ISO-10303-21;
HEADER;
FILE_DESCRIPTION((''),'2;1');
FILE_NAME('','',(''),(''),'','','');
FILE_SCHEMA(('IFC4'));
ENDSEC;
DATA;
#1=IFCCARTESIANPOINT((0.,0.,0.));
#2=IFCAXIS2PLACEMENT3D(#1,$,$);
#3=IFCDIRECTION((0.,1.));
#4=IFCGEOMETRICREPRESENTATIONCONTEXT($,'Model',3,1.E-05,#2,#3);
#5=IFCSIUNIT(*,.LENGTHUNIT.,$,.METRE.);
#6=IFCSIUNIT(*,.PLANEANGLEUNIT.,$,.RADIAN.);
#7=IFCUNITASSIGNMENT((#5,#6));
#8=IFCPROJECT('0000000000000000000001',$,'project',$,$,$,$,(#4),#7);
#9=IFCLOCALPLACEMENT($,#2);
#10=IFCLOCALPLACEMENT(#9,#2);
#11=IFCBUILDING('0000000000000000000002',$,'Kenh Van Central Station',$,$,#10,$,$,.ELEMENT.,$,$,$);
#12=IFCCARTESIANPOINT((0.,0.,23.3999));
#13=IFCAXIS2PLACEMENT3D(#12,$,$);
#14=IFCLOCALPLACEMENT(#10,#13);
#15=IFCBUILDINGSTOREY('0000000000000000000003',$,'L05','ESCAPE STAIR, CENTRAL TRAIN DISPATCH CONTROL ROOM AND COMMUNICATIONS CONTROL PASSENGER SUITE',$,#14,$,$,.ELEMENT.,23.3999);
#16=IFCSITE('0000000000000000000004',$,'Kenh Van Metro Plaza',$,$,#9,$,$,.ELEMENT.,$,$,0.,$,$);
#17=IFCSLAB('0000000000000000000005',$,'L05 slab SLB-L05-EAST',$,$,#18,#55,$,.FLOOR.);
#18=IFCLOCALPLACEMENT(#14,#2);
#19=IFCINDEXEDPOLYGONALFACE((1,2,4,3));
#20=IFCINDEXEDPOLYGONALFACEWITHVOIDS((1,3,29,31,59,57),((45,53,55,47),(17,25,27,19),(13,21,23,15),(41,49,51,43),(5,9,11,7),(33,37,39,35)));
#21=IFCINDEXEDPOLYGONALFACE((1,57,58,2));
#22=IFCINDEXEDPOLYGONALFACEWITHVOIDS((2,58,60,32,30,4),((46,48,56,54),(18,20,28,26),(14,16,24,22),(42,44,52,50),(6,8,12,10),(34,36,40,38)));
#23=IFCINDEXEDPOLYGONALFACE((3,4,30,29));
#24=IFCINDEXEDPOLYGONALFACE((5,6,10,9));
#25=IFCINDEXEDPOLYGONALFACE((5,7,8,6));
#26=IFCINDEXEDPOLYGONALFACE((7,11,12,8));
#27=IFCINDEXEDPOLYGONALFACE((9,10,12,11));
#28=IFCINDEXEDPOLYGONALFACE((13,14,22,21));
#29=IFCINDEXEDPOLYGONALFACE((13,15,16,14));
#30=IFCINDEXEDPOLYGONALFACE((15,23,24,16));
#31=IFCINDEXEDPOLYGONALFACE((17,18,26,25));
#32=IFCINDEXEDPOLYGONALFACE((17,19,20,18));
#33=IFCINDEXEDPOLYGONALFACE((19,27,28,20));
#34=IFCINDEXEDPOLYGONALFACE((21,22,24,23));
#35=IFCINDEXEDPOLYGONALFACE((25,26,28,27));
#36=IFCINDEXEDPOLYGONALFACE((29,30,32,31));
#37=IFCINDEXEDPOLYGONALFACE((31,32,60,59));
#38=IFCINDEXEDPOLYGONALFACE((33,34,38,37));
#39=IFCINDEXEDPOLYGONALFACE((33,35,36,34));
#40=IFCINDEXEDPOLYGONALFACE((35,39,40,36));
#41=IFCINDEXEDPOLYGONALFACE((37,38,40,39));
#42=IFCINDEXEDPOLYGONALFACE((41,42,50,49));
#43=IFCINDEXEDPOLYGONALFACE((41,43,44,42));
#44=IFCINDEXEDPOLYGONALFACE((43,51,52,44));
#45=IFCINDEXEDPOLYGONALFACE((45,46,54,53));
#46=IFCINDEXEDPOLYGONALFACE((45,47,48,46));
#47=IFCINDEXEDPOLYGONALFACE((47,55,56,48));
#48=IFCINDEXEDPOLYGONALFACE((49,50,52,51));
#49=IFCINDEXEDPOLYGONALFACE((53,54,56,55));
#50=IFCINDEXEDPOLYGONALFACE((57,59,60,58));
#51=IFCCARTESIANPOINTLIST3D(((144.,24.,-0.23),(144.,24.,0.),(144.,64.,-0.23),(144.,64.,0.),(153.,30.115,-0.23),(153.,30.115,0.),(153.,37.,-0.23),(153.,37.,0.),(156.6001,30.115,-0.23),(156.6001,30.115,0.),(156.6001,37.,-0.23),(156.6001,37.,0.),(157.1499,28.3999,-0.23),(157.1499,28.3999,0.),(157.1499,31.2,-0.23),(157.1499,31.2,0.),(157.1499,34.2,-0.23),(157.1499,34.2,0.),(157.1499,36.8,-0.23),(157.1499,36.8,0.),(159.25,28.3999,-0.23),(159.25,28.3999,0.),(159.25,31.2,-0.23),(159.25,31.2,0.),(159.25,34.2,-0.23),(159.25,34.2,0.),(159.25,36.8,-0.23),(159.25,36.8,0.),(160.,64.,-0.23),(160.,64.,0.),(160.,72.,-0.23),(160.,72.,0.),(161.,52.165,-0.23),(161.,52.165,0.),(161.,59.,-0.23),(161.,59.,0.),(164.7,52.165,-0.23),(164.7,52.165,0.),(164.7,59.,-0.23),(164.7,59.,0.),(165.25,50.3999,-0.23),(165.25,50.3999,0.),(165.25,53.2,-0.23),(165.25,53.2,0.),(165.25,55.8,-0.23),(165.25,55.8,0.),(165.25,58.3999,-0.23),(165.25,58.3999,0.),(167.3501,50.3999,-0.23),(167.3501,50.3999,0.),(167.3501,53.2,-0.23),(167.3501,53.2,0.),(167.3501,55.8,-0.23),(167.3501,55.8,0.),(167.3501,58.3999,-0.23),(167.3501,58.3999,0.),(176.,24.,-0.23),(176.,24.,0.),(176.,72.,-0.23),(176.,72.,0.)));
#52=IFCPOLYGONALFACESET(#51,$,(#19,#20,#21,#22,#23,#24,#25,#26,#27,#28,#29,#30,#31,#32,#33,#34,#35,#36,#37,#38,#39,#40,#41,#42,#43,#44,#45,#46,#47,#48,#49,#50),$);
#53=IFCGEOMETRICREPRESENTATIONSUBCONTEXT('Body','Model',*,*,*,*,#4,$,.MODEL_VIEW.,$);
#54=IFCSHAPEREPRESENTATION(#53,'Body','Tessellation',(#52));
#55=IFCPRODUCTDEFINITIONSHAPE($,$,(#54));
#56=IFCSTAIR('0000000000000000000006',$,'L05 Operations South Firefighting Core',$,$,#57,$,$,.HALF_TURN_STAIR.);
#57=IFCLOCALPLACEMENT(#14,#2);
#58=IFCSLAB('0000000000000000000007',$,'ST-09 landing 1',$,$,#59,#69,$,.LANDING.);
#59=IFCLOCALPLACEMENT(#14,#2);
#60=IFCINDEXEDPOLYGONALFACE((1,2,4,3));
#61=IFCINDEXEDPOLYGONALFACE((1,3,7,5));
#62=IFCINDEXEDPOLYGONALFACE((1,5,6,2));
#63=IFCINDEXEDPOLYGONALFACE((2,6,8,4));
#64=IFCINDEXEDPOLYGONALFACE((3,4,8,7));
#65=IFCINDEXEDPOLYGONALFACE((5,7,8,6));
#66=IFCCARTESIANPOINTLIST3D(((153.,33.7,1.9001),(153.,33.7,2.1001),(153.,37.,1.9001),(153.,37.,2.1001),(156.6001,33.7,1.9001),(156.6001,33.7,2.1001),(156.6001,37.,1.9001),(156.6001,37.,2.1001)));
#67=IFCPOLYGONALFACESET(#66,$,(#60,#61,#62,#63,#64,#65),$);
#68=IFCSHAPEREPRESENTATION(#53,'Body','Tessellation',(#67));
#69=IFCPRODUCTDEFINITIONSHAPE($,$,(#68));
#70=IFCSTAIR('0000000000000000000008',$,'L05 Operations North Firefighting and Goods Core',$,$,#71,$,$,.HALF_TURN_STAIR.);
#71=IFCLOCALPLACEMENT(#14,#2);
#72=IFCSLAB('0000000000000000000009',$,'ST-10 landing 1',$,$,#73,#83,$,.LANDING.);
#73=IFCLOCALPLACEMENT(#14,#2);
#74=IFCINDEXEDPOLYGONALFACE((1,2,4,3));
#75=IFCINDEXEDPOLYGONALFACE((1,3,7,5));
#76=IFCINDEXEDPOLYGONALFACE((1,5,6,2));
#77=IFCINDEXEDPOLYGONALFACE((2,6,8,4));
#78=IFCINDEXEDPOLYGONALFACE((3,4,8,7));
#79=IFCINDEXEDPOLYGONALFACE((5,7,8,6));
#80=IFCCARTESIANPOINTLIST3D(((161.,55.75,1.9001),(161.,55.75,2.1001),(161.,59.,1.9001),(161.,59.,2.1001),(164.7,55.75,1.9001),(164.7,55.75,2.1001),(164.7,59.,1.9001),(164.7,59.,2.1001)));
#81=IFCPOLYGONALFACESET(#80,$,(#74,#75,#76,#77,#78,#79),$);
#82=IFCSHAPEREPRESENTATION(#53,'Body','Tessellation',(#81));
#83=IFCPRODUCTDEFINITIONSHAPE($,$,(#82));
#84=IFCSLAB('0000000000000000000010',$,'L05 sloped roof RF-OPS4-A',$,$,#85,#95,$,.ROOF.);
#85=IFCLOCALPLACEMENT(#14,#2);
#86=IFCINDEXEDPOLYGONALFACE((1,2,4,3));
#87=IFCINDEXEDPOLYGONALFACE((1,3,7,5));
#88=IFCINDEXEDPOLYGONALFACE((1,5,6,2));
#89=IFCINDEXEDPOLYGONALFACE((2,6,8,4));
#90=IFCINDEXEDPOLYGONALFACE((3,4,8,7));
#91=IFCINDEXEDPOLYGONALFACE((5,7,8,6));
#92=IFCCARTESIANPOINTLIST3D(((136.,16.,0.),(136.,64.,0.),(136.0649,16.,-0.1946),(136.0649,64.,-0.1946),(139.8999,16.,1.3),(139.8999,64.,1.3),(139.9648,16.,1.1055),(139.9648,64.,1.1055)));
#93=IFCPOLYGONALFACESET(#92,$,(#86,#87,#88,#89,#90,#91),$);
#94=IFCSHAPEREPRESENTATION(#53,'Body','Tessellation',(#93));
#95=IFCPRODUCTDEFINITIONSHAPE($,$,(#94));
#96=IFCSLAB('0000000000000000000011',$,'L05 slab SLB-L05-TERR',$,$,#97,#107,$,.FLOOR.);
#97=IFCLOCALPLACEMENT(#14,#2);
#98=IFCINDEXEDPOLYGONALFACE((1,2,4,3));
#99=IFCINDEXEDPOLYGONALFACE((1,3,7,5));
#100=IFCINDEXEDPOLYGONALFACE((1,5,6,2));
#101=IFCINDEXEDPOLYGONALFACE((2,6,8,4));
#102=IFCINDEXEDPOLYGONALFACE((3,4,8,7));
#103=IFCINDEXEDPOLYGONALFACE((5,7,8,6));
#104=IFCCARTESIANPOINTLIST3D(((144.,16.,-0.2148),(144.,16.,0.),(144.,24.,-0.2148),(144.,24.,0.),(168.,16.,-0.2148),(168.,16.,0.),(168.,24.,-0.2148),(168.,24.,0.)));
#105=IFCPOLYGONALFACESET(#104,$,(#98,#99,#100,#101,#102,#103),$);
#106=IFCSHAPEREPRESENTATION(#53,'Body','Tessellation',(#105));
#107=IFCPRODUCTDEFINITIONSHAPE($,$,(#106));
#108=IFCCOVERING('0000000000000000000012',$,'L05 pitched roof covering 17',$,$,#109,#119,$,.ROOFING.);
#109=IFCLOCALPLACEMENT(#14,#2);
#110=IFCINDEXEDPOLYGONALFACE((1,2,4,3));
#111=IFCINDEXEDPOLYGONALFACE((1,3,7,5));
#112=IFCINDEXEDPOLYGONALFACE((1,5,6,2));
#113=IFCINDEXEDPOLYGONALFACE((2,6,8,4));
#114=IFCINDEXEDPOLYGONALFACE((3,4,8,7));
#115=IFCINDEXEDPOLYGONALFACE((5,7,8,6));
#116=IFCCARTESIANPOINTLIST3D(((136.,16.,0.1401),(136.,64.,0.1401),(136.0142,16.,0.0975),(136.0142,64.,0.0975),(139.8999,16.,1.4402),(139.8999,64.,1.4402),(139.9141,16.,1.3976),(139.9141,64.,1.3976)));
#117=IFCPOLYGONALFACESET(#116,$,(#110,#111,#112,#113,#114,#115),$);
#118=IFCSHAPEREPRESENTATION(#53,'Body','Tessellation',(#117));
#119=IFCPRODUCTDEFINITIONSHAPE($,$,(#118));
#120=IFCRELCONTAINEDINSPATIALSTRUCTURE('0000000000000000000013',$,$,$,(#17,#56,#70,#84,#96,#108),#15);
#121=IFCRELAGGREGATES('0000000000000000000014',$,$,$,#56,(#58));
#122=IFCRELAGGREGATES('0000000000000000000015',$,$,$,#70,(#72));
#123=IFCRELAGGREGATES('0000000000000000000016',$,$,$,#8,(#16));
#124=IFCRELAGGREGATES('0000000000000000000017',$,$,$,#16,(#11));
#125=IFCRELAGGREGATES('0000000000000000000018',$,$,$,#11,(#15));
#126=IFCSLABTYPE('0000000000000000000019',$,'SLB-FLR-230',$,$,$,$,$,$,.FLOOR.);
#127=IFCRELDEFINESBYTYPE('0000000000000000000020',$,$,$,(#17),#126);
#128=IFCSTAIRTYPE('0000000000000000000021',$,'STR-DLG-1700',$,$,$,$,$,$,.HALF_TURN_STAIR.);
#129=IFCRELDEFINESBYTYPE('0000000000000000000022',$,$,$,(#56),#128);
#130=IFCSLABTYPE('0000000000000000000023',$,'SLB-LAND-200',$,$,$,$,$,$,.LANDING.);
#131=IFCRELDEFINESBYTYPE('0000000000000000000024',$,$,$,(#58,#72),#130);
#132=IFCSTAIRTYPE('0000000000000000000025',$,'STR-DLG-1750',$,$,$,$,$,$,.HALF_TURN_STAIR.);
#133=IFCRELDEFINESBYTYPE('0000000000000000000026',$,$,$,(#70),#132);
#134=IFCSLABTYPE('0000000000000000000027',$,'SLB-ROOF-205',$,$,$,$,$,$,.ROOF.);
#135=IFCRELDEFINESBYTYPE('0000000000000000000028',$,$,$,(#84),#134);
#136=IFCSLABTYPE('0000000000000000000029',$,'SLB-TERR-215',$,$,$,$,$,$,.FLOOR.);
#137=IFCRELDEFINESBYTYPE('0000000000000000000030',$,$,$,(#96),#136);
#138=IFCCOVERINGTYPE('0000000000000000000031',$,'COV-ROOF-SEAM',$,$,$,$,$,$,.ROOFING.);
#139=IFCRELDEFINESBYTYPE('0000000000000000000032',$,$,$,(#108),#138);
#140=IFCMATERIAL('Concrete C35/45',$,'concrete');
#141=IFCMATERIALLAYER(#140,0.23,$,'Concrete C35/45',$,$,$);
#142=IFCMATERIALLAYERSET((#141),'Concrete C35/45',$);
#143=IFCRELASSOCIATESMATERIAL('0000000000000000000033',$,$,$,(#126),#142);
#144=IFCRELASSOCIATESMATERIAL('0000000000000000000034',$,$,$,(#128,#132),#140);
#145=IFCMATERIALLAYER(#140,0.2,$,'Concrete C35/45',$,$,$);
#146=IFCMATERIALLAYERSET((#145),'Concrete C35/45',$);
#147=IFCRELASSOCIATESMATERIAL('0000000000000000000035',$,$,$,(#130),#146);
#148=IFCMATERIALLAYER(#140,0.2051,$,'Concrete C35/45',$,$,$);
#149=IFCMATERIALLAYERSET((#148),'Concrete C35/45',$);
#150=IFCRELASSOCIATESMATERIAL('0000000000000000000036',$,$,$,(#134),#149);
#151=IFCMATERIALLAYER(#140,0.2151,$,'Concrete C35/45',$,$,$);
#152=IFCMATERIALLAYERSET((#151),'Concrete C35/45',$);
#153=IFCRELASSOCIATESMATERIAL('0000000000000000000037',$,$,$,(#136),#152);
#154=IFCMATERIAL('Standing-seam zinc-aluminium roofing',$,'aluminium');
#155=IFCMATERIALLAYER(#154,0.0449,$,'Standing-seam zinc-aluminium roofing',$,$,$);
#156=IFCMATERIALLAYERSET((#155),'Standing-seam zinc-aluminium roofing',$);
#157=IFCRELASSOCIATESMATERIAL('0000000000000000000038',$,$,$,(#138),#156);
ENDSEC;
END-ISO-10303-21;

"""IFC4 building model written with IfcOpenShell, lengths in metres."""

from ifc_helpers import new_model, si_unit, direction, frame, origin, place, context, subcontext, project, spatial, polyline, outline, extrude, material, layer, layer_set, type_object, element, aggregate, save


model = new_model("IFC4")

# Units and contexts
model_context = context("Model", 3, precision=1e-05, world=origin(), true_north=direction((0.0, 1.0)))
body_context = subcontext(model_context, "Body", "Model", "MODEL_VIEW")
ifc_project = project(units=[si_unit("LENGTHUNIT", "METRE"), si_unit("PLANEANGLEUNIT", "RADIAN")], contexts=[model_context])

# Site, building, storey
site_placement = place(None, origin())
site = spatial("IfcSite", under=ifc_project, at=site_placement, Name="Kenh Van Metro Plaza", CompositionType="ELEMENT", RefElevation=0.0)
building_placement = place(site_placement, origin())
building = spatial("IfcBuilding", under=site, at=building_placement, Name="Kenh Van Central Station", CompositionType="ELEMENT")
storey_placement = place(building_placement, frame((0.0, 0.0, 23.3999)))
storey = spatial("IfcBuildingStorey", under=building, at=storey_placement, Name="L05", Description="ESCAPE STAIR, CENTRAL TRAIN DISPATCH CONTROL ROOM AND COMMUNICATIONS CONTROL PASSENGER SUITE", CompositionType="ELEMENT", Elevation=23.3999)

# Slab
ifc_material_1 = material(Name="Concrete C35/45", Category="concrete")
ifc_layer_1 = layer(ifc_material_1, 0.23, Name="Concrete C35/45")
ifc_layer_set_1 = layer_set([ifc_layer_1], Name="Concrete C35/45")
slab_type_1 = type_object("IfcSlabType", Name="SLB-FLR-230", PredefinedType="FLOOR", material=ifc_layer_set_1)
slab_1_placement = place(storey_placement, frame((0.0, 0.0, -0.23)))
element("IfcSlab", 1, at=slab_1_placement, inside=storey, type_object=slab_type_1, Name="L05 slab SLB-L05-EAST", PredefinedType="FLOOR", context=body_context, shape_type="SweptSolid", body=[
    extrude(outline(polyline([(144.0, 24.0), (176.0, 24.0), (176.0, 72.0), (160.0, 72.0), (160.0, 64.0), (144.0, 64.0), (144.0, 24.0)]), holes=[polyline([(165.25, 53.2), (167.3501, 53.2), (167.3501, 50.3999), (165.25, 50.3999), (165.25, 53.2)]), polyline([(167.3501, 58.3999), (167.3501, 55.8), (165.25, 55.8), (165.25, 58.3999), (167.3501, 58.3999)]), polyline([(164.7, 59.0), (164.7, 52.165), (161.0, 52.165), (161.0, 59.0), (164.7, 59.0)]), polyline([(157.1499, 31.2), (159.25, 31.2), (159.25, 28.3999), (157.1499, 28.3999), (157.1499, 31.2)]), polyline([(159.25, 36.8), (159.25, 34.2), (157.1499, 34.2), (157.1499, 36.8), (159.25, 36.8)]), polyline([(156.6001, 37.0), (156.6001, 30.115), (153.0, 30.115), (153.0, 37.0), (156.6001, 37.0)])]), origin(), (0.0, 0.0, 1.0), 0.23),
])

# Stairs, slabs
stair_type_1 = type_object("IfcStairType", Name="STR-DLG-1700", PredefinedType="HALF_TURN_STAIR", material=ifc_material_1)
stair_1_placement = place(storey_placement, origin())
stair_1 = element("IfcStair", 2, at=stair_1_placement, inside=storey, type_object=stair_type_1, Name="L05 Operations South Firefighting Core", PredefinedType="HALF_TURN_STAIR")
ifc_layer_2 = layer(ifc_material_1, 0.2, Name="Concrete C35/45")
ifc_layer_set_2 = layer_set([ifc_layer_2], Name="Concrete C35/45")
slab_type_2 = type_object("IfcSlabType", Name="SLB-LAND-200", PredefinedType="LANDING", material=ifc_layer_set_2)
slab_2_placement = place(storey_placement, frame((0.0, 0.0, 1.9001)))
slab_2 = element("IfcSlab", 3, at=slab_2_placement, type_object=slab_type_2, Name="ST-09 landing 1", PredefinedType="LANDING", context=body_context, shape_type="SweptSolid", body=[
    extrude(outline(polyline([(156.6001, 33.7), (156.6001, 37.0), (153.0, 37.0), (153.0, 33.7), (156.6001, 33.7)])), origin(), (0.0, 0.0, 1.0), 0.2),
])
aggregate(stair_1, [slab_2])
stair_type_2 = type_object("IfcStairType", Name="STR-DLG-1750", PredefinedType="HALF_TURN_STAIR", material=ifc_material_1)
stair_2_placement = place(storey_placement, origin())
stair_2 = element("IfcStair", 4, at=stair_2_placement, inside=storey, type_object=stair_type_2, Name="L05 Operations North Firefighting and Goods Core", PredefinedType="HALF_TURN_STAIR")
slab_3_placement = place(storey_placement, frame((0.0, 0.0, 1.9001)))
slab_3 = element("IfcSlab", 5, at=slab_3_placement, type_object=slab_type_2, Name="ST-10 landing 1", PredefinedType="LANDING", context=body_context, shape_type="SweptSolid", body=[
    extrude(outline(polyline([(164.7, 55.75), (164.7, 59.0), (161.0, 59.0), (161.0, 55.75), (164.7, 55.75)])), origin(), (0.0, 0.0, 1.0), 0.2),
])
aggregate(stair_2, [slab_3])

# Slabs
ifc_layer_3 = layer(ifc_material_1, 0.2051, Name="Concrete C35/45")
ifc_layer_set_3 = layer_set([ifc_layer_3], Name="Concrete C35/45")
slab_type_3 = type_object("IfcSlabType", Name="SLB-ROOF-205", PredefinedType="ROOF", material=ifc_layer_set_3)
slab_4_placement = place(storey_placement, frame((136.0, 16.0, 0.0), z_axis=(-0.316246, 0.0, 0.948677), x_axis=(0.948677, 0.0, 0.316246)))
element("IfcSlab", 6, at=slab_4_placement, inside=storey, type_object=slab_type_3, Name="L05 sloped roof RF-OPS4-A", PredefinedType="ROOF", context=body_context, shape_type="SweptSolid", body=[
    extrude(outline(polyline([(0.0, 0.0), (4.1109, 0.0), (4.1109, 48.0), (0.0, 48.0), (0.0, 0.0)])), origin(), (0.0, 0.0, -1.0), 0.2051),
])
ifc_layer_4 = layer(ifc_material_1, 0.2151, Name="Concrete C35/45")
ifc_layer_set_4 = layer_set([ifc_layer_4], Name="Concrete C35/45")
slab_type_4 = type_object("IfcSlabType", Name="SLB-TERR-215", PredefinedType="FLOOR", material=ifc_layer_set_4)
slab_5_placement = place(storey_placement, frame((0.0, 0.0, -0.2148)))
element("IfcSlab", 7, at=slab_5_placement, inside=storey, type_object=slab_type_4, Name="L05 slab SLB-L05-TERR", PredefinedType="FLOOR", context=body_context, shape_type="SweptSolid", body=[
    extrude(outline(polyline([(168.0, 16.0), (168.0, 24.0), (144.0, 24.0), (144.0, 16.0), (168.0, 16.0)])), origin(), (0.0, 0.0, 1.0), 0.2148),
])

# Covering
ifc_material_2 = material(Name="Standing-seam zinc-aluminium roofing", Category="aluminium")
ifc_layer_5 = layer(ifc_material_2, 0.0449, Name="Standing-seam zinc-aluminium roofing")
ifc_layer_set_5 = layer_set([ifc_layer_5], Name="Standing-seam zinc-aluminium roofing")
covering_type = type_object("IfcCoveringType", Name="COV-ROOF-SEAM", PredefinedType="ROOFING", material=ifc_layer_set_5)
covering_placement = place(storey_placement, frame((136.0, 16.0, 0.1401), z_axis=(-0.316246, 0.0, 0.948677), x_axis=(0.948677, 0.0, 0.316246)))
element("IfcCovering", 8, at=covering_placement, inside=storey, type_object=covering_type, Name="L05 pitched roof covering 17", PredefinedType="ROOFING", context=body_context, shape_type="SweptSolid", body=[
    extrude(outline(polyline([(0.0, 0.0), (4.1109, 0.0), (4.1109, 48.0), (0.0, 48.0), (0.0, 0.0)])), origin(), (0.0, 0.0, -1.0), 0.0449),
])

save(model, "model.ifc")
